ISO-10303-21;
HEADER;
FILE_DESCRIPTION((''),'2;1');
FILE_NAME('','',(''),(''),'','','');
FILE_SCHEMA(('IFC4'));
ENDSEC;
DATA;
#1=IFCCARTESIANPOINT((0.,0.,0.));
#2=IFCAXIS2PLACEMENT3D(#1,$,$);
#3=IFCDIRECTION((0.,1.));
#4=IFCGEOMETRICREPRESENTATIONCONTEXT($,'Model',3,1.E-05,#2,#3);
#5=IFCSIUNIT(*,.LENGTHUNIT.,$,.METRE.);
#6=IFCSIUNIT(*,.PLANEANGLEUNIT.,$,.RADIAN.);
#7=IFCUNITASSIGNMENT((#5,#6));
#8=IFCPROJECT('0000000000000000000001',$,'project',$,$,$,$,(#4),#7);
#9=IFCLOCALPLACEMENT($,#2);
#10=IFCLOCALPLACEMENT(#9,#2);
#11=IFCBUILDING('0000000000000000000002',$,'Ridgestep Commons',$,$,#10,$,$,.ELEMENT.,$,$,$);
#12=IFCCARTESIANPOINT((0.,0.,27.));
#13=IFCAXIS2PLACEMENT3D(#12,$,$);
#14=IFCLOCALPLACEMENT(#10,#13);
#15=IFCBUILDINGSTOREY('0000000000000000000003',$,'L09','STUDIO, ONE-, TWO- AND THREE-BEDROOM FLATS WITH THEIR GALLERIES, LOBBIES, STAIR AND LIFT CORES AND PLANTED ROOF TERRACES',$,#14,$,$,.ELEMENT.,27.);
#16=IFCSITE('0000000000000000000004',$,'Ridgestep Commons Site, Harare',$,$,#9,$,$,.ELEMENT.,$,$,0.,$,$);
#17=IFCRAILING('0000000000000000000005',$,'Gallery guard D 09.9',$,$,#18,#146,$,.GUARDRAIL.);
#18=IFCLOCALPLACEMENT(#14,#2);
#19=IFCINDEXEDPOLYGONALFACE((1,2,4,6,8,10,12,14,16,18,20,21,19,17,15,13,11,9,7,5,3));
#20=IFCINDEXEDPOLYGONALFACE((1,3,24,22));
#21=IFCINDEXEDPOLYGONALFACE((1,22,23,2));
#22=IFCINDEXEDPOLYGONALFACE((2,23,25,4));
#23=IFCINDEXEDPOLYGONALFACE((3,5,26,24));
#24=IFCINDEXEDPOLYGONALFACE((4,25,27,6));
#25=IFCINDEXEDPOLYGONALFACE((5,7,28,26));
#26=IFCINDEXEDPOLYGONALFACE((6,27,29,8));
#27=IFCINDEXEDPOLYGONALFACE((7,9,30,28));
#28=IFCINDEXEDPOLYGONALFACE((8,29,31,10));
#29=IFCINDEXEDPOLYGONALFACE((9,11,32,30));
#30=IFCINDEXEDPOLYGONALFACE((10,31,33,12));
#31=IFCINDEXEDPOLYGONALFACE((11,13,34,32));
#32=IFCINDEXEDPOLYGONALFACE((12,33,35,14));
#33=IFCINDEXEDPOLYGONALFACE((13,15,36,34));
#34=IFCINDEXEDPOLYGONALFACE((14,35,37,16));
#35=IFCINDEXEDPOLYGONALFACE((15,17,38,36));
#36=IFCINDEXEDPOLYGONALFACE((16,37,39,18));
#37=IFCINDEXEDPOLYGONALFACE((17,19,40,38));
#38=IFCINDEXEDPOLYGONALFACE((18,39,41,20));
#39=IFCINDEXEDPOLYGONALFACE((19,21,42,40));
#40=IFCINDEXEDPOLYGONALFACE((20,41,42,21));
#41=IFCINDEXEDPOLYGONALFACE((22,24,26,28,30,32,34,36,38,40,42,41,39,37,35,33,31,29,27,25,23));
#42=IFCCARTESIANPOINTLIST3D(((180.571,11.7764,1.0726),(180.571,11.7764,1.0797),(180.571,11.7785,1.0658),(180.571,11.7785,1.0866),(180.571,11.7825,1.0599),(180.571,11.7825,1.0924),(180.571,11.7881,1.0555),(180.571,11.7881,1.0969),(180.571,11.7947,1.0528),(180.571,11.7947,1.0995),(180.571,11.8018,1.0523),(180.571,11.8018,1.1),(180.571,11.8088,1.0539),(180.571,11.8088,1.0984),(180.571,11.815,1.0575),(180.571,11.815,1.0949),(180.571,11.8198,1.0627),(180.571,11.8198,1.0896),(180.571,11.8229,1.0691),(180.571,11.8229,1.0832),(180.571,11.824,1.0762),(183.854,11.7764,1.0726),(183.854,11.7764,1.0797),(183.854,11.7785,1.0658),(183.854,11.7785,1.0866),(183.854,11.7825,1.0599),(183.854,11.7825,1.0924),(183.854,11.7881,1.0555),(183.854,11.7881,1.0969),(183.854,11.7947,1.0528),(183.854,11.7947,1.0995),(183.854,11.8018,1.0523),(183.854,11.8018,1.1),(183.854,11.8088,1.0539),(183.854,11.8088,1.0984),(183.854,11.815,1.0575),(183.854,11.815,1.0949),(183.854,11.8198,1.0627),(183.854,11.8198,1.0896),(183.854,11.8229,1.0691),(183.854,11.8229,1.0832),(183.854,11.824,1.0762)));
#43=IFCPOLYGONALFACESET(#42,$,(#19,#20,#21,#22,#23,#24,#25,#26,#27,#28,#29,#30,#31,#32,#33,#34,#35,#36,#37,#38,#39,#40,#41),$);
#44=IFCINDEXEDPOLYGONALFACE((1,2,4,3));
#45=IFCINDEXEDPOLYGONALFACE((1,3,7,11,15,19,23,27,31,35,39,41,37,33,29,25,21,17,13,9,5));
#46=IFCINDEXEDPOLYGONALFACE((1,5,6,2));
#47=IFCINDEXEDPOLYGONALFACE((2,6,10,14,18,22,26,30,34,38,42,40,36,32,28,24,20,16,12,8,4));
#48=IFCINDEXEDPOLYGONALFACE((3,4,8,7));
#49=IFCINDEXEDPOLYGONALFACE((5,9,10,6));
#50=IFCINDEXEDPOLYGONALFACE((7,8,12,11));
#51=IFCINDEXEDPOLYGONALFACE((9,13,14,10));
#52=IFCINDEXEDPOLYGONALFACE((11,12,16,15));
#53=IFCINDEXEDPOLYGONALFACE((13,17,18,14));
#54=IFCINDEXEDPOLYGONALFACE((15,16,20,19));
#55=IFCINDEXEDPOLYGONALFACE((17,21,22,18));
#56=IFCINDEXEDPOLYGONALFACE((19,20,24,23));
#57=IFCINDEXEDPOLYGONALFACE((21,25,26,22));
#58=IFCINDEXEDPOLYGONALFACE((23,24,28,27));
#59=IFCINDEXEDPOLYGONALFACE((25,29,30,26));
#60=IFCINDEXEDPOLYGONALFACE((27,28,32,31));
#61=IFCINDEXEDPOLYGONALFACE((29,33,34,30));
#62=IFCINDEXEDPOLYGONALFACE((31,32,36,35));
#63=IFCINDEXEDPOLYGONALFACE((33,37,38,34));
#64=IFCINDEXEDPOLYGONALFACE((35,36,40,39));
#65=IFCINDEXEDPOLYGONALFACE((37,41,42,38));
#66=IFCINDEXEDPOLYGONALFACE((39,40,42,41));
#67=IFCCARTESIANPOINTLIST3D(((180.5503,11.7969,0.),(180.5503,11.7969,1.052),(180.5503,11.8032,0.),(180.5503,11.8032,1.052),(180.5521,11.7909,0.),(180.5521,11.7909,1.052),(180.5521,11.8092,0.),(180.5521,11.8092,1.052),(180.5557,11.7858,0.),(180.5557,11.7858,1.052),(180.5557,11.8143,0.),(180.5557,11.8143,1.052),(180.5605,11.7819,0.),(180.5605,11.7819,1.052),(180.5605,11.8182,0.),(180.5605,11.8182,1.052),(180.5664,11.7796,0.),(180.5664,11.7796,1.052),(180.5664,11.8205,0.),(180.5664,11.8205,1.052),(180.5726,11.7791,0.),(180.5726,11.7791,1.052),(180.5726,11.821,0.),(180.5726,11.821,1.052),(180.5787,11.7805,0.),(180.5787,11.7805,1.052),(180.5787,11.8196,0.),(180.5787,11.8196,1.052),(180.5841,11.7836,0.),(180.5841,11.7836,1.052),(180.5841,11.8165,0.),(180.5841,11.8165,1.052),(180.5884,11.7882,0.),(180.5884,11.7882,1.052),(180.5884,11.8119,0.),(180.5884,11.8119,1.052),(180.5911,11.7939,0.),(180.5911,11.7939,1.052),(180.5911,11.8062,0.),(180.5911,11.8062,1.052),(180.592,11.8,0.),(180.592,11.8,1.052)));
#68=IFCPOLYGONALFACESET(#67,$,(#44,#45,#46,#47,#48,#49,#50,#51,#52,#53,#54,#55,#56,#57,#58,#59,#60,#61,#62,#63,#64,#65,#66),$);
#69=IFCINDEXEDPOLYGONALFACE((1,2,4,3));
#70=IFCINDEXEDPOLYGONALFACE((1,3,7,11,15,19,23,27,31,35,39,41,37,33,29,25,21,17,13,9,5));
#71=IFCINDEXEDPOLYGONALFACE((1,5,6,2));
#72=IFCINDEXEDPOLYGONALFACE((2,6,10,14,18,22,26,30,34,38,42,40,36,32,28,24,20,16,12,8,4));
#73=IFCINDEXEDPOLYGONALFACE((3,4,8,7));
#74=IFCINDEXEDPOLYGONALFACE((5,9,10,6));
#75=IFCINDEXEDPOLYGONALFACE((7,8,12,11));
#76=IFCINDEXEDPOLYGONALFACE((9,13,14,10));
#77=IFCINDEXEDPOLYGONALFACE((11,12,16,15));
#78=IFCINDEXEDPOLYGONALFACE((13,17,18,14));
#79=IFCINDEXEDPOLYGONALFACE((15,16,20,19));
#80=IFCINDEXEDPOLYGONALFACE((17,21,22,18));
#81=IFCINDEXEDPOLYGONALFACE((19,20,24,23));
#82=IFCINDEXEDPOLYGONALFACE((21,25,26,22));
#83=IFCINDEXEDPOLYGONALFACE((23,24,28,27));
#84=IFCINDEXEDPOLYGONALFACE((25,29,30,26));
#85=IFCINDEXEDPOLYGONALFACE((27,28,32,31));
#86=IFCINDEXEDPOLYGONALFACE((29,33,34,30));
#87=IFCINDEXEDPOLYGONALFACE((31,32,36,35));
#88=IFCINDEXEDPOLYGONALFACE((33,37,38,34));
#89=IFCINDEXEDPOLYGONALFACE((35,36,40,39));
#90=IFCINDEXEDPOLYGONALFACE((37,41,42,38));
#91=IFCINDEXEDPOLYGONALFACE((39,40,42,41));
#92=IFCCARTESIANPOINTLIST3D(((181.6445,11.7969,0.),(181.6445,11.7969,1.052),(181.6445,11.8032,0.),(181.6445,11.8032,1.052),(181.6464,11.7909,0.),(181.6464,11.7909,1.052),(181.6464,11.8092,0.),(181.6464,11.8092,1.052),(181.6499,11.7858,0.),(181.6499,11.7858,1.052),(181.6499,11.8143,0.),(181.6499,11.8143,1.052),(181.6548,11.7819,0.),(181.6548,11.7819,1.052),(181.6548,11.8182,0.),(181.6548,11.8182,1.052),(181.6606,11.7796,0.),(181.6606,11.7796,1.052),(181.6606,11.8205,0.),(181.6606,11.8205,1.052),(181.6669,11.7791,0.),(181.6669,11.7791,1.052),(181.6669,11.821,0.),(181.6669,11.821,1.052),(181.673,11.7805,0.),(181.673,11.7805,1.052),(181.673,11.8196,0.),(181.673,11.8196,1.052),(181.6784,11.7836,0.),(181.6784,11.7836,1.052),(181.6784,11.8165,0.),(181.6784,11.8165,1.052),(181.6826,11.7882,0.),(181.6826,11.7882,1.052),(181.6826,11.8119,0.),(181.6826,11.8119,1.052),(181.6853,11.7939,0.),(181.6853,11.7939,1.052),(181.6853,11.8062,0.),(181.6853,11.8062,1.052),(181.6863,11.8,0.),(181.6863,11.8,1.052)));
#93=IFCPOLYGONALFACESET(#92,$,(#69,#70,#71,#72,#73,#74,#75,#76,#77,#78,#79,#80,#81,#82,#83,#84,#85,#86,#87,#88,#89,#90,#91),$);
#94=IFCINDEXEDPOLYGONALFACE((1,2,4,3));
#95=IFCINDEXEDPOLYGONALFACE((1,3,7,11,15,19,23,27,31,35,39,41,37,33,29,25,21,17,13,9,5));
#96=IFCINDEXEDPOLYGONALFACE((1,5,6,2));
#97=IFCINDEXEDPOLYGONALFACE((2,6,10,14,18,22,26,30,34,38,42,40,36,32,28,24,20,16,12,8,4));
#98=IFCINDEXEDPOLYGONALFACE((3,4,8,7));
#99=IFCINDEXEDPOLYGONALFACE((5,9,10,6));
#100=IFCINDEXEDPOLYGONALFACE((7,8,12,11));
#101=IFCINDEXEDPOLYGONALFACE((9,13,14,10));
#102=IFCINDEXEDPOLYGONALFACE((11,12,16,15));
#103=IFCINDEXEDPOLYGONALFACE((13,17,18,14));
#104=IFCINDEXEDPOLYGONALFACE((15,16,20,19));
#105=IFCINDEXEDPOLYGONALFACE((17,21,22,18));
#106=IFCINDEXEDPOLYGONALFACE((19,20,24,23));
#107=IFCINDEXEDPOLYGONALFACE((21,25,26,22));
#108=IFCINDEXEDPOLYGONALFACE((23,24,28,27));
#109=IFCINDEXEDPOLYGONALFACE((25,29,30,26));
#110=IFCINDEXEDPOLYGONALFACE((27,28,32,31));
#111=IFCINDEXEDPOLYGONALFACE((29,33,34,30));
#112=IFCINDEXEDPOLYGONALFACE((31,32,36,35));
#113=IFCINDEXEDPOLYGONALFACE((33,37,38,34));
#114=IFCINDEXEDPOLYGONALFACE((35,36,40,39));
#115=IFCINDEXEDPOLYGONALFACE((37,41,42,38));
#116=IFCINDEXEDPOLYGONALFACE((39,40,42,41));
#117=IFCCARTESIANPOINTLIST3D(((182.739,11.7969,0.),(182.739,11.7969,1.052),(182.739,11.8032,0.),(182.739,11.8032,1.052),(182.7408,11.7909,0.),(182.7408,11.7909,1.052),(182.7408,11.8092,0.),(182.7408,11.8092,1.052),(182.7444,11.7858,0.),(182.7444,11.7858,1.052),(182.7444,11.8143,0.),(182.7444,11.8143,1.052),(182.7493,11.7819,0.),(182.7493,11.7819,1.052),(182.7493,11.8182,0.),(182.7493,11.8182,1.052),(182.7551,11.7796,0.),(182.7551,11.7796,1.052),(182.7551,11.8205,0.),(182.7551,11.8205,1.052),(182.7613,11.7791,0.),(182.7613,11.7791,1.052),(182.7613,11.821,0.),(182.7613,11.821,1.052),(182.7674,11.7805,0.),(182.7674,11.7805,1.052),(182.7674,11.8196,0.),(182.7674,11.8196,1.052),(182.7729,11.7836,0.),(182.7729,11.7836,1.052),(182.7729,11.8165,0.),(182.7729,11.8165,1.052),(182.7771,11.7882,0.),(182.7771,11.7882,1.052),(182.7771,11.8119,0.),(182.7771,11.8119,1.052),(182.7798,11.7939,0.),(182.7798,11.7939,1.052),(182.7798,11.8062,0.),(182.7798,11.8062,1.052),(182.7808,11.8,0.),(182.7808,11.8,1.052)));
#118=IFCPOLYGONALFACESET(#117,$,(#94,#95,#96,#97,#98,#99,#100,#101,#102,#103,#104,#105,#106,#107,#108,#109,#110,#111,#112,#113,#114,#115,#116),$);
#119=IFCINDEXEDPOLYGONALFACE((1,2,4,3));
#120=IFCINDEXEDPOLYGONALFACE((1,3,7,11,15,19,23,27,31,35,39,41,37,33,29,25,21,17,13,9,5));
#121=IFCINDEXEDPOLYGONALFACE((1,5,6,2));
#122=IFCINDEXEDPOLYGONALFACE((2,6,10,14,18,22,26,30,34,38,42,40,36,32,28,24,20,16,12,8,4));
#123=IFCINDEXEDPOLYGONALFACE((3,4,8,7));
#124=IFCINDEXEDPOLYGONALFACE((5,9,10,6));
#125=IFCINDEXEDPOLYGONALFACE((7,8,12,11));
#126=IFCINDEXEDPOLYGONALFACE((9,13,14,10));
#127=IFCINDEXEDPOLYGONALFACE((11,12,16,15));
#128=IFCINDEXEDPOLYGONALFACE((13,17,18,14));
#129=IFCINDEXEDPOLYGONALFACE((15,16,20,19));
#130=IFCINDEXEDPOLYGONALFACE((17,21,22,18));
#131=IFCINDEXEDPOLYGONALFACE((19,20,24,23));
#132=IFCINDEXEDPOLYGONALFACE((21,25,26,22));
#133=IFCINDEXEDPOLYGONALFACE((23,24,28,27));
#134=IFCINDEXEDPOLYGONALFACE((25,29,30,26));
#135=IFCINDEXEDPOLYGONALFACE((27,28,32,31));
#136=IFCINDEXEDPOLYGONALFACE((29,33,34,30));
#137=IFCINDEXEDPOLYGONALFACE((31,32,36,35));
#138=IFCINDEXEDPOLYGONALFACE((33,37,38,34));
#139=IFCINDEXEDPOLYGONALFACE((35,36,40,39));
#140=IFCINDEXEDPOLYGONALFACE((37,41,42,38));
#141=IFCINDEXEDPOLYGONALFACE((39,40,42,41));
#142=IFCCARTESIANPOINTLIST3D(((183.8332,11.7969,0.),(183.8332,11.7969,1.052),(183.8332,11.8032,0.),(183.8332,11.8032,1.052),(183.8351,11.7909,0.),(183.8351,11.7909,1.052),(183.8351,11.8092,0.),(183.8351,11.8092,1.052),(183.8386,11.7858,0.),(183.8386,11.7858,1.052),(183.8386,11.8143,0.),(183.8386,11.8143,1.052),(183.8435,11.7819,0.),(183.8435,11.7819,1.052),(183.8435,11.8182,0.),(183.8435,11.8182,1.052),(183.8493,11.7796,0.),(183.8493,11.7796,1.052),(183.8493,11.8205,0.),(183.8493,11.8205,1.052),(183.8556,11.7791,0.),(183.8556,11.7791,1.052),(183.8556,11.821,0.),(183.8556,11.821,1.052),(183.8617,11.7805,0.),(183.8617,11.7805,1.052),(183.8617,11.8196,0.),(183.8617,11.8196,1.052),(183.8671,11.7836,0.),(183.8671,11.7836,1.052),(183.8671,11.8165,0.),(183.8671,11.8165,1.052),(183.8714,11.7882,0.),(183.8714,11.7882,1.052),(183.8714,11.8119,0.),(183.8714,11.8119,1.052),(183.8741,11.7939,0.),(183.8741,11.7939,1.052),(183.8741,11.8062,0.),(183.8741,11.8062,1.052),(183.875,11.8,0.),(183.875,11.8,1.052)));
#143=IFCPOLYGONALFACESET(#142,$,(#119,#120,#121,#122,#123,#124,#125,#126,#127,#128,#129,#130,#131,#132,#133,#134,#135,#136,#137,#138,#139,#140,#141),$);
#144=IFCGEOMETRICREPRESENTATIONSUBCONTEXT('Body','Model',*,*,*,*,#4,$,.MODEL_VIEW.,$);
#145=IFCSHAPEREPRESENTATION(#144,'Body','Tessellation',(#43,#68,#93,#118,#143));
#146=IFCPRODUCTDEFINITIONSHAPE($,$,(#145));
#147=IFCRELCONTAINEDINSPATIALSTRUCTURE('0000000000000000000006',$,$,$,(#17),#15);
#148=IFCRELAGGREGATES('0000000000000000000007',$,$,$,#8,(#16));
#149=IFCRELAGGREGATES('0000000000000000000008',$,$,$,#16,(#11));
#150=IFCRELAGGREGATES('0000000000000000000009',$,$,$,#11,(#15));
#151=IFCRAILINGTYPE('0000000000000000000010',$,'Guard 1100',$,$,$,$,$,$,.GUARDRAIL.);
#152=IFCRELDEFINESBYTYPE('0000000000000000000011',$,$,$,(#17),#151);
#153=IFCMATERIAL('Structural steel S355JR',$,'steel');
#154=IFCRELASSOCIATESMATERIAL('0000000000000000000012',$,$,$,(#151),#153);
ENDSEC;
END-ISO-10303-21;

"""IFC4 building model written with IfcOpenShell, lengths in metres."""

from ifc_helpers import new_model, si_unit, direction, frame, origin, origin_2d, place, context, subcontext, project, spatial, circle, extrude, material, type_object, element, save


model = new_model("IFC4")

# Units and contexts
model_context = context("Model", 3, precision=1e-05, world=origin(), true_north=direction((0.0, 1.0)))
body_context = subcontext(model_context, "Body", "Model", "MODEL_VIEW")
ifc_project = project(units=[si_unit("LENGTHUNIT", "METRE"), si_unit("PLANEANGLEUNIT", "RADIAN")], contexts=[model_context])

# Site, building, storey
site_placement = place(None, origin())
site = spatial("IfcSite", under=ifc_project, at=site_placement, Name="Ridgestep Commons Site, Harare", CompositionType="ELEMENT", RefElevation=0.0)
building_placement = place(site_placement, origin())
building = spatial("IfcBuilding", under=site, at=building_placement, Name="Ridgestep Commons", CompositionType="ELEMENT")
storey_placement = place(building_placement, frame((0.0, 0.0, 27.0)))
storey = spatial("IfcBuildingStorey", under=building, at=storey_placement, Name="L09", Description="STUDIO, ONE-, TWO- AND THREE-BEDROOM FLATS WITH THEIR GALLERIES, LOBBIES, STAIR AND LIFT CORES AND PLANTED ROOF TERRACES", CompositionType="ELEMENT", Elevation=27.0)

# Railing
ifc_material_1 = material(Name="Structural steel S355JR", Category="steel")
railing_type = type_object("IfcRailingType", Name="Guard 1100", PredefinedType="GUARDRAIL", material=ifc_material_1)
railing_1_placement = place(storey_placement, frame((180.571, 11.8, 0.0)))
element("IfcRailing", 1, at=railing_1_placement, inside=storey, type_object=railing_type, Name="Gallery guard D 09.9", PredefinedType="GUARDRAIL", context=body_context, shape_type="SweptSolid", body=[
    extrude(circle(Radius=0.0239, at=origin_2d()), frame((0.0, 0.0, 1.0762), z_axis=(1.0, 0.0, 0.0), x_axis=(0.0, 1.0, 0.0)), (0.0, 0.0, 1.0), 3.283),
    extrude(circle(Radius=0.021, at=origin_2d()), origin(), (0.0, 0.0, 1.0), 1.052),
    extrude(circle(Radius=0.021, at=origin_2d()), frame((1.0942, 0.0, 0.0)), (0.0, 0.0, 1.0), 1.052),
    extrude(circle(Radius=0.021, at=origin_2d()), frame((2.1887, 0.0, 0.0)), (0.0, 0.0, 1.0), 1.052),
    extrude(circle(Radius=0.021, at=origin_2d()), frame((3.283, 0.0, 0.0)), (0.0, 0.0, 1.0), 1.052),
])

save(model, "model.ifc")
